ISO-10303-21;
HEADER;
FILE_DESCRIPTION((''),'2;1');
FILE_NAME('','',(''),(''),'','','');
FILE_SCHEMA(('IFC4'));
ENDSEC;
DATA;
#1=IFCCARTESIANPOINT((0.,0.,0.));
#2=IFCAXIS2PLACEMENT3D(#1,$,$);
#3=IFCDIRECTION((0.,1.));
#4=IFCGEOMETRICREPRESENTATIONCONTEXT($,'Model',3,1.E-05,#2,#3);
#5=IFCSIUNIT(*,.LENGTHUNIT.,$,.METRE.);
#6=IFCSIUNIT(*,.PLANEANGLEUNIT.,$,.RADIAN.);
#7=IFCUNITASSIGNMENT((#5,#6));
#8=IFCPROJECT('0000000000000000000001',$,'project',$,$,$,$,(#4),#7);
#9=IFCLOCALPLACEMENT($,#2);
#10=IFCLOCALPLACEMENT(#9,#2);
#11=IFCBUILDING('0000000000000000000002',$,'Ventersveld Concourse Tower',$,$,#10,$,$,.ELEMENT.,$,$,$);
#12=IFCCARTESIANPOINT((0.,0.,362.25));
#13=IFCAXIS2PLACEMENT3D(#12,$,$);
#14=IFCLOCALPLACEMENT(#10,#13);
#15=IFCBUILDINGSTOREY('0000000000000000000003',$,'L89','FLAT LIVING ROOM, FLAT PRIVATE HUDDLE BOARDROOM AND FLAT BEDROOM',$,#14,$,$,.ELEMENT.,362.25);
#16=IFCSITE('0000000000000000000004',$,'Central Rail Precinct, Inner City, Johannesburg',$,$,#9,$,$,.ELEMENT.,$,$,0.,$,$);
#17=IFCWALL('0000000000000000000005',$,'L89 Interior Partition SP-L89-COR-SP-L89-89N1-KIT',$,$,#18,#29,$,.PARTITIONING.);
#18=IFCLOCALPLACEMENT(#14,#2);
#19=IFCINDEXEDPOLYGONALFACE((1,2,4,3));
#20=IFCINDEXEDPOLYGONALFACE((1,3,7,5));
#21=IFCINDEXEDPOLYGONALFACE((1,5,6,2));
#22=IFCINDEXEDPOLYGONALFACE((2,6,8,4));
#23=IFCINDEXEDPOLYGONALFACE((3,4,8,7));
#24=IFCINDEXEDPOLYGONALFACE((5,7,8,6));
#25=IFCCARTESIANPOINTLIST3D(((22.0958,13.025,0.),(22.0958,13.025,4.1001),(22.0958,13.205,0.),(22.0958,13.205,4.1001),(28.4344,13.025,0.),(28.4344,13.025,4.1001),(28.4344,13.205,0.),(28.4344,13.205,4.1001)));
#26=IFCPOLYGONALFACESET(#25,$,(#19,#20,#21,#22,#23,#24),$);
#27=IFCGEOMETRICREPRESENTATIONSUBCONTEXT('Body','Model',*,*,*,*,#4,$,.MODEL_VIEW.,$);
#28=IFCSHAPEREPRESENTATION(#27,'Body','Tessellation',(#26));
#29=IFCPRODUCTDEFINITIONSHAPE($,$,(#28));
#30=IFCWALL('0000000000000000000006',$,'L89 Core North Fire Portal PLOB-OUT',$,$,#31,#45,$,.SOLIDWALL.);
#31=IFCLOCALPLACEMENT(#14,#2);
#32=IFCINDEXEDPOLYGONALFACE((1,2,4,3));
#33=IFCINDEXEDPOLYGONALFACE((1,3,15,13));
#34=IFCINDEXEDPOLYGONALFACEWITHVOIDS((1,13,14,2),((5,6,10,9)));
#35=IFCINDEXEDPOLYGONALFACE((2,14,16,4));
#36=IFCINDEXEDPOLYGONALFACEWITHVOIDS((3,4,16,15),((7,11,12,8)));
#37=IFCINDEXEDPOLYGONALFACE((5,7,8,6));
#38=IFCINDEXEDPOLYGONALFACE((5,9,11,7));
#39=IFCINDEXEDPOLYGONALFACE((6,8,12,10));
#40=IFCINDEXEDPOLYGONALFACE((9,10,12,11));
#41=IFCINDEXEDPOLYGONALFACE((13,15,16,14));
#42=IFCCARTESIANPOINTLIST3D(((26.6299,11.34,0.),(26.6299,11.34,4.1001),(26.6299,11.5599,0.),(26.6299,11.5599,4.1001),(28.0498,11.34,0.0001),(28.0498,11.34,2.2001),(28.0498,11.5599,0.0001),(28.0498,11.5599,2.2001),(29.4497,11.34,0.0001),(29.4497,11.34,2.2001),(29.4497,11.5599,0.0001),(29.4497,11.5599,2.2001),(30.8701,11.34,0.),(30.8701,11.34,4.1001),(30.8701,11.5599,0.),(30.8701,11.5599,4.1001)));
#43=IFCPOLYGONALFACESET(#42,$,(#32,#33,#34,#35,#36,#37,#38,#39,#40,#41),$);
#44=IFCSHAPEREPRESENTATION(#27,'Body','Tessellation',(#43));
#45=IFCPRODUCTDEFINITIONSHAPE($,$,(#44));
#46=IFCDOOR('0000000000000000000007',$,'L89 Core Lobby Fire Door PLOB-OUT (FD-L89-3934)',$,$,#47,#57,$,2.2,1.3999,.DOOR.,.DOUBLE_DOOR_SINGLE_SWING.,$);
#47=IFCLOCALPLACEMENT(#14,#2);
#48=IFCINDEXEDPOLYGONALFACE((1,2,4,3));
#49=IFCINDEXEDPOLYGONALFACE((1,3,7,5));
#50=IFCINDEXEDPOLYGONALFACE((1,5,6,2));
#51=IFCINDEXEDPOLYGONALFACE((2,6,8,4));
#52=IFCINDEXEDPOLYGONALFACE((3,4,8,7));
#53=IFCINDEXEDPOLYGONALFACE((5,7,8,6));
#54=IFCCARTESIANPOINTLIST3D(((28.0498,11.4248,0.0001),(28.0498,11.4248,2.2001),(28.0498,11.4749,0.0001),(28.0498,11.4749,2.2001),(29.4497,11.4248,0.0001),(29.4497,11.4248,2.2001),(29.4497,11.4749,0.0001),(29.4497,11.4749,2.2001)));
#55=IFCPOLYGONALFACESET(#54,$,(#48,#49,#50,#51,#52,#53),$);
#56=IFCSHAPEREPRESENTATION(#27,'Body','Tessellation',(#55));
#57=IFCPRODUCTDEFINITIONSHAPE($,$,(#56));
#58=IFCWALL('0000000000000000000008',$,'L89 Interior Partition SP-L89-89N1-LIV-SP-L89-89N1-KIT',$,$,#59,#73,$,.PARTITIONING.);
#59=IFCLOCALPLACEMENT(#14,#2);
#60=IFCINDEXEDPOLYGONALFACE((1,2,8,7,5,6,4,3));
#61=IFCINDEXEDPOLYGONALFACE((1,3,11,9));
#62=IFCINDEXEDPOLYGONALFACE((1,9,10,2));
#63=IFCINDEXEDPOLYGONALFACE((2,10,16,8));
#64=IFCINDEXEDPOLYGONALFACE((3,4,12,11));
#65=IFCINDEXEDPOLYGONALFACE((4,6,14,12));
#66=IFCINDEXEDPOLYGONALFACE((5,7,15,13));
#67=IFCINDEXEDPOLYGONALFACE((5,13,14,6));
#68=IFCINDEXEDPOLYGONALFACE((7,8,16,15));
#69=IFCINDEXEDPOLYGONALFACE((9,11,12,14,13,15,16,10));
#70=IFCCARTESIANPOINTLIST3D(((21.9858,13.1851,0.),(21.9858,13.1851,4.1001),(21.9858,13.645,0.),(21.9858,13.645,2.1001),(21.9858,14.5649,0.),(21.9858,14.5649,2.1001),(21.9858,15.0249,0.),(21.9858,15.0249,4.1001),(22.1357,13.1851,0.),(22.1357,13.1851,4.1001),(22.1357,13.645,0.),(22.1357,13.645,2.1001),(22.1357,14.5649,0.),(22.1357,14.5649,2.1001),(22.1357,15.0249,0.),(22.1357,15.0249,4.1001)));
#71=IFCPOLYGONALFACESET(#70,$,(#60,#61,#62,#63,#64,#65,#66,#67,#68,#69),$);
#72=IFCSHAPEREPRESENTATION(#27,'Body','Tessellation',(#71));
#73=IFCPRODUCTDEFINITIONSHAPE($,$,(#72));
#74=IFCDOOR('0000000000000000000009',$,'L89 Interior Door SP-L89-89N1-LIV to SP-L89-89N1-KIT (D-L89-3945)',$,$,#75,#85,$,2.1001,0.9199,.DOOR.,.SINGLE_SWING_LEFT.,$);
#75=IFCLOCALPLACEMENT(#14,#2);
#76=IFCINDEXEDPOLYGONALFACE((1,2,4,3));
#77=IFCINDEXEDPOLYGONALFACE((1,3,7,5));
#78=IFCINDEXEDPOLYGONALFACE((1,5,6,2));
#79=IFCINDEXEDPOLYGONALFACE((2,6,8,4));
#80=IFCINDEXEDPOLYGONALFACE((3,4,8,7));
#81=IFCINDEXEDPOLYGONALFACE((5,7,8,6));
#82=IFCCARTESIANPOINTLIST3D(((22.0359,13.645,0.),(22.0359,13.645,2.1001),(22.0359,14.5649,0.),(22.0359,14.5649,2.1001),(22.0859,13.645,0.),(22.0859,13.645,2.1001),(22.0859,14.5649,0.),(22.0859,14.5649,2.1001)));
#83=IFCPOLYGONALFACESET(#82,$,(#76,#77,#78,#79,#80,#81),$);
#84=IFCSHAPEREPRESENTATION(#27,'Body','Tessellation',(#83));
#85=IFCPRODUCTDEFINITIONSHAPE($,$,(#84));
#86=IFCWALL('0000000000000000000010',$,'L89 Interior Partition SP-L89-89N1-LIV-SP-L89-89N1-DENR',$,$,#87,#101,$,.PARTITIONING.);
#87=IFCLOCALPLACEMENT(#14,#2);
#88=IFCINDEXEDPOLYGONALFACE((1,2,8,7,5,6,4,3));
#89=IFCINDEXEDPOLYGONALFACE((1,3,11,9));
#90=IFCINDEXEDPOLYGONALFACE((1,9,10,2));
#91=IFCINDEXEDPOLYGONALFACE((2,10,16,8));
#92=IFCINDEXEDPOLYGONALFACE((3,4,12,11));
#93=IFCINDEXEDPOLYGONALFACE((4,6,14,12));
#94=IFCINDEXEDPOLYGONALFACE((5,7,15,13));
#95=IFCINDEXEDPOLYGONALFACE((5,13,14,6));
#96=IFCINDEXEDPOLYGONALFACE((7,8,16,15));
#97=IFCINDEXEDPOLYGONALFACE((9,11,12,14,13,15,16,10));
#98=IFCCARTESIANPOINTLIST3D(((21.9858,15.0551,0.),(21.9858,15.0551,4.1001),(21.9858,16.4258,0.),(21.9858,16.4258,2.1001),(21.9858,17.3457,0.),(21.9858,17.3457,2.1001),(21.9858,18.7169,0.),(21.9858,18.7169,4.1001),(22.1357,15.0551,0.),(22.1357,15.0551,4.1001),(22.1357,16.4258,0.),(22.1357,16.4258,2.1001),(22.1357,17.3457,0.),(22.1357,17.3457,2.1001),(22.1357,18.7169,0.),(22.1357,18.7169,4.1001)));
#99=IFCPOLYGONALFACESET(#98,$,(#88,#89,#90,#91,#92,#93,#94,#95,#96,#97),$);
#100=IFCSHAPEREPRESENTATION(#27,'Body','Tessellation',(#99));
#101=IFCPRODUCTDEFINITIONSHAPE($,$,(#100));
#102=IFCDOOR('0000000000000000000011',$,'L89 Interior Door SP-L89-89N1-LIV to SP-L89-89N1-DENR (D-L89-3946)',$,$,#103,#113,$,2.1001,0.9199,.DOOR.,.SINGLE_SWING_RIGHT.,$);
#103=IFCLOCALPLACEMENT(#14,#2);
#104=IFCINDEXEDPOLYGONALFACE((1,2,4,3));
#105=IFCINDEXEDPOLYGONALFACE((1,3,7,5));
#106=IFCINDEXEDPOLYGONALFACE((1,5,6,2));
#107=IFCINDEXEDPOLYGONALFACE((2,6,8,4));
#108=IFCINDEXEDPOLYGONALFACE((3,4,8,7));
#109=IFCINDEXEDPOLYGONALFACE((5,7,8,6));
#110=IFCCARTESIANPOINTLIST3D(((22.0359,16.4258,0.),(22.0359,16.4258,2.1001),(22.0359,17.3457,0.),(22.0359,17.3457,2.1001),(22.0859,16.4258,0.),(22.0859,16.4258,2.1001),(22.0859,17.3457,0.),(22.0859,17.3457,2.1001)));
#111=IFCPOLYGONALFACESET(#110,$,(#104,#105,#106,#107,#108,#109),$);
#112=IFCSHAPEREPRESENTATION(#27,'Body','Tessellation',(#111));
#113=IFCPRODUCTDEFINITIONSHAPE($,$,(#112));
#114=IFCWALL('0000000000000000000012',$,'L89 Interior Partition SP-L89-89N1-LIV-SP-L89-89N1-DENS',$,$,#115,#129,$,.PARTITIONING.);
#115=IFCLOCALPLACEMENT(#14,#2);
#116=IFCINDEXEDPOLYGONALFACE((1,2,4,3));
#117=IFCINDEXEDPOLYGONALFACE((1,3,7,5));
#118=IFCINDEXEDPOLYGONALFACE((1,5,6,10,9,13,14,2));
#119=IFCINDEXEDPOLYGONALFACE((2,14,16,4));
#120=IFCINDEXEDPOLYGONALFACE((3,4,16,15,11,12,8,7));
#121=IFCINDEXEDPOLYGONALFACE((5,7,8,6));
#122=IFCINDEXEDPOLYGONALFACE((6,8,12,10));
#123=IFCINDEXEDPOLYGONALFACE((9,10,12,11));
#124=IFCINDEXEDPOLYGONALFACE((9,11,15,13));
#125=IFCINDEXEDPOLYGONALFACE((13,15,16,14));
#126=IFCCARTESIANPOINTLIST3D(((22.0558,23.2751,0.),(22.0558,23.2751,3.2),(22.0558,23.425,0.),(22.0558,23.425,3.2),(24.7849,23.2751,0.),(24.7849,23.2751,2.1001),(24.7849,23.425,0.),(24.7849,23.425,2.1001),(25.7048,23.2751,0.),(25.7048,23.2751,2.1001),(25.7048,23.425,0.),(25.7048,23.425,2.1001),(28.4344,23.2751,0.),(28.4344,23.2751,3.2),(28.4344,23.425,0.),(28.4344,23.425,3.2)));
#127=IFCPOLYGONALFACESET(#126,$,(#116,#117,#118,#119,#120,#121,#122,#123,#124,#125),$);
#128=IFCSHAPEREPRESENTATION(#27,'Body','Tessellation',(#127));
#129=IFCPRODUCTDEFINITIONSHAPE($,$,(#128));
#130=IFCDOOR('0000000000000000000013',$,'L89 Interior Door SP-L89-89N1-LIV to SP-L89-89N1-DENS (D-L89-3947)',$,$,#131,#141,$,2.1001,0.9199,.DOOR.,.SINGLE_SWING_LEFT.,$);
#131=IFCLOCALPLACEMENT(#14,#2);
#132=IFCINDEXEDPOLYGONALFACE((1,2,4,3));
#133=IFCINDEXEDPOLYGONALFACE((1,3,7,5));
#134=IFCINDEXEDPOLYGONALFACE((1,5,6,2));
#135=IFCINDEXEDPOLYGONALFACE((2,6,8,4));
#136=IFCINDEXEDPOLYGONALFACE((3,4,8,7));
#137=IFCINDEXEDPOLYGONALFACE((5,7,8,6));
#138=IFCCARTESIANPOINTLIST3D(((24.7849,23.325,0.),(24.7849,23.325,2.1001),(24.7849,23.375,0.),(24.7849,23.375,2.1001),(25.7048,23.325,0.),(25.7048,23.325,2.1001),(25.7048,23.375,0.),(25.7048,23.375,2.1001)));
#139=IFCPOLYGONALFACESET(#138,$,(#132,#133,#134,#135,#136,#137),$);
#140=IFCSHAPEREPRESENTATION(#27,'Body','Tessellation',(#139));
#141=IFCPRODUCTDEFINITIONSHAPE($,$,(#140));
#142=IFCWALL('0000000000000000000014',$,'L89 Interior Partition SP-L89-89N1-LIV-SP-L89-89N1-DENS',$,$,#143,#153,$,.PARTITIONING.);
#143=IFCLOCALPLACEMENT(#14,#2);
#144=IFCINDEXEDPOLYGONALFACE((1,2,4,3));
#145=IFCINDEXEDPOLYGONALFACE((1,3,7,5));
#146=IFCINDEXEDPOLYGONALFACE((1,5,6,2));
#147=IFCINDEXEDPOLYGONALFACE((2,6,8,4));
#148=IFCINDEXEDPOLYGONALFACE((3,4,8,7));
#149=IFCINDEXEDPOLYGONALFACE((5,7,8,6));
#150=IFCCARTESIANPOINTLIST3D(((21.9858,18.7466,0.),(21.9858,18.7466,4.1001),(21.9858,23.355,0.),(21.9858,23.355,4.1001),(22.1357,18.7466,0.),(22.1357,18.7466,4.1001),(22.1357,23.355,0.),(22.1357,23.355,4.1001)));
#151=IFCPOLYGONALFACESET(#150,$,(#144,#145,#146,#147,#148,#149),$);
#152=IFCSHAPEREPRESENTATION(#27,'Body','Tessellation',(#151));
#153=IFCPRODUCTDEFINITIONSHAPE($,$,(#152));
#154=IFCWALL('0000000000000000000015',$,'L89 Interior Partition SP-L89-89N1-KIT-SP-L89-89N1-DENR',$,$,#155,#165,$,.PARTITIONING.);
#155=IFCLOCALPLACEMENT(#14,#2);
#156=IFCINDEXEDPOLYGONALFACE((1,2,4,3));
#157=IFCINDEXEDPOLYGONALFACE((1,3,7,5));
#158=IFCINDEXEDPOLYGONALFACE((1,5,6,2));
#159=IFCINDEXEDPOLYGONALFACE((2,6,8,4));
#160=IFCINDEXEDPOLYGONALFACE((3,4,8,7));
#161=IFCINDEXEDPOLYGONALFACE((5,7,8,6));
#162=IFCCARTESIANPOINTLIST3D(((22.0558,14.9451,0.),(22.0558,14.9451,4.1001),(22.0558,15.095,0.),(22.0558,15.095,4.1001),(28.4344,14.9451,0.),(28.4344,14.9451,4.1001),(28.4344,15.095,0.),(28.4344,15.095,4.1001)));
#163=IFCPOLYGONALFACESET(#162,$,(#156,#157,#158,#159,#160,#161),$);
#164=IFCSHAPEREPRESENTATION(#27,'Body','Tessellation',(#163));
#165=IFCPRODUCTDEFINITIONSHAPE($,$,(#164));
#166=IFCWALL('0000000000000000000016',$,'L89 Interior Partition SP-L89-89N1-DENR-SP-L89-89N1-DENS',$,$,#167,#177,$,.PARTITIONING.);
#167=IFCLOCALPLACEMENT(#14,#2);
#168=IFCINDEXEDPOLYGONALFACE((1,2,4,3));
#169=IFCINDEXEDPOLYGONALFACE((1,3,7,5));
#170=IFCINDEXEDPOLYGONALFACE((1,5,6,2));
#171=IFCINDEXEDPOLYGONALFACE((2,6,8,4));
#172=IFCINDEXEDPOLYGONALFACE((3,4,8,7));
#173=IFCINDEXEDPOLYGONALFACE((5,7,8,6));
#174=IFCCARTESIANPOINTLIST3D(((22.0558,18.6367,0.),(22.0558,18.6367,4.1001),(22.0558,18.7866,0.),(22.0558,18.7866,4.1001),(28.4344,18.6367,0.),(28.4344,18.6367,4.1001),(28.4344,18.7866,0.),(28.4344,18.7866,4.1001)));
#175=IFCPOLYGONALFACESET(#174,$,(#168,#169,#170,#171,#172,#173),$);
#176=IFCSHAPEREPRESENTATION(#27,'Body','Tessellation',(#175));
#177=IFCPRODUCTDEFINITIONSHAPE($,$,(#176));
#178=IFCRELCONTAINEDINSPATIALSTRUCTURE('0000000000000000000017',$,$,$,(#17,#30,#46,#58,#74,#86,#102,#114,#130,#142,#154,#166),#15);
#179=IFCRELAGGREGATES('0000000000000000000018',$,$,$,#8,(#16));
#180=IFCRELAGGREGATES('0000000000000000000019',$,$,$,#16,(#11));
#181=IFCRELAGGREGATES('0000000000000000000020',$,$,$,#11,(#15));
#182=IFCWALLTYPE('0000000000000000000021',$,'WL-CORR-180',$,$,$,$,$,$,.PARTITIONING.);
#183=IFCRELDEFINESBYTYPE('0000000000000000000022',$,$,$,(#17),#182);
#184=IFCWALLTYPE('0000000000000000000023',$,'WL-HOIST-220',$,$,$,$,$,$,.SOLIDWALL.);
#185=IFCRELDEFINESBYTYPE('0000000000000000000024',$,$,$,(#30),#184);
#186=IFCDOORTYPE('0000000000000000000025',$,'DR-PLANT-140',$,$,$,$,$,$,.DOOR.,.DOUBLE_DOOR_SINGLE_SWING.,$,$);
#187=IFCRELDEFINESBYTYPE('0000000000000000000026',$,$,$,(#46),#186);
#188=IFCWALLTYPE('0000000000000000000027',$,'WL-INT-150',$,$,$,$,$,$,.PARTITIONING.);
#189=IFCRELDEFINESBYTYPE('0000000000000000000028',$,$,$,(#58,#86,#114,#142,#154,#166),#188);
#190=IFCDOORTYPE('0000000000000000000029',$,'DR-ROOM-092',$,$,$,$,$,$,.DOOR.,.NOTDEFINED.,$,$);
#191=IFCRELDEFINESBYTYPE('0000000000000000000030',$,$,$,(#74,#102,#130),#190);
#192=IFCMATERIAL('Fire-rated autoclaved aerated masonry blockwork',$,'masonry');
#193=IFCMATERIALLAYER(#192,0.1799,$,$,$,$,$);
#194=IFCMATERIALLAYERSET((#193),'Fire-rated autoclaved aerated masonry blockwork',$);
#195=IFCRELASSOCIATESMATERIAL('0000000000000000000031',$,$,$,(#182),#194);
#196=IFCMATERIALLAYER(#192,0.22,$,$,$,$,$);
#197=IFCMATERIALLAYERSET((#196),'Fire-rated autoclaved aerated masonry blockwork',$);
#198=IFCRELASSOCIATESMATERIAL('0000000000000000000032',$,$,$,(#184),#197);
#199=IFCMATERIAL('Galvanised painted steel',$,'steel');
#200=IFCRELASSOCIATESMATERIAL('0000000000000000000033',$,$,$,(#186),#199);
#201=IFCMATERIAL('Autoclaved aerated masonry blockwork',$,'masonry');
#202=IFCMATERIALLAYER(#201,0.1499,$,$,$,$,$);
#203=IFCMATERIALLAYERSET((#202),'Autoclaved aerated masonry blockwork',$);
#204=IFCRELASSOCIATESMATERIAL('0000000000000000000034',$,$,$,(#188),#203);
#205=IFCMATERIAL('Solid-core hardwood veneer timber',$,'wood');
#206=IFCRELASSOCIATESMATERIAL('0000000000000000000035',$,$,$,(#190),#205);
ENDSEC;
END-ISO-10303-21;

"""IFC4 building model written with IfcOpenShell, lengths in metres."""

from ifc_helpers import new_model, si_unit, direction, frame, frame_2d, origin, place, context, subcontext, project, spatial, rectangle, extrude, material, layer, layer_set, type_object, element, fill, save


model = new_model("IFC4")

# Units and contexts
model_context = context("Model", 3, precision=1e-05, world=origin(), true_north=direction((0.0, 1.0)))
body_context = subcontext(model_context, "Body", "Model", "MODEL_VIEW")
ifc_project = project(units=[si_unit("LENGTHUNIT", "METRE"), si_unit("PLANEANGLEUNIT", "RADIAN")], contexts=[model_context])

# Site, building, storey
site_placement = place(None, origin())
site = spatial("IfcSite", under=ifc_project, at=site_placement, Name="Central Rail Precinct, Inner City, Johannesburg", CompositionType="ELEMENT", RefElevation=0.0)
building_placement = place(site_placement, origin())
building = spatial("IfcBuilding", under=site, at=building_placement, Name="Ventersveld Concourse Tower", CompositionType="ELEMENT")
storey_placement = place(building_placement, frame((0.0, 0.0, 362.25)))
storey = spatial("IfcBuildingStorey", under=building, at=storey_placement, Name="L89", Description="FLAT LIVING ROOM, FLAT PRIVATE HUDDLE BOARDROOM AND FLAT BEDROOM", CompositionType="ELEMENT", Elevation=362.25)

# Wall
ifc_material_1 = material(Name="Fire-rated autoclaved aerated masonry blockwork", Category="masonry")
ifc_layer_1 = layer(ifc_material_1, 0.1799)
ifc_layer_set_1 = layer_set([ifc_layer_1], Name="Fire-rated autoclaved aerated masonry blockwork")
wall_type_1 = type_object("IfcWallType", Name="WL-CORR-180", PredefinedType="PARTITIONING", material=ifc_layer_set_1)
wall_1_placement = place(storey_placement, frame((22.0957, 13.115, 0.0), z_axis=(0.0, 0.0, 1.0), x_axis=(1.0, 0.0, 0.0)))
element("IfcWall", 1, at=wall_1_placement, inside=storey, type_object=wall_type_1, Name="L89 Interior Partition SP-L89-COR-SP-L89-89N1-KIT", PredefinedType="PARTITIONING", context=body_context, shape_type="SweptSolid", body=[
    extrude(rectangle(XDim=6.3386, YDim=0.1799, at=frame_2d((3.1694, 0.0))), origin(), (0.0, 0.0, 1.0), 4.1001),
])

# Walls, openings, doors
ifc_layer_2 = layer(ifc_material_1, 0.22)
ifc_layer_set_2 = layer_set([ifc_layer_2], Name="Fire-rated autoclaved aerated masonry blockwork")
wall_type_2 = type_object("IfcWallType", Name="WL-HOIST-220", PredefinedType="SOLIDWALL", material=ifc_layer_set_2)
wall_2_placement = place(storey_placement, frame((26.6299, 11.45, 0.0), z_axis=(0.0, 0.0, 1.0), x_axis=(1.0, 0.0, 0.0)))
wall_2 = element("IfcWall", 2, at=wall_2_placement, inside=storey, type_object=wall_type_2, Name="L89 Core North Fire Portal PLOB-OUT", PredefinedType="SOLIDWALL", context=body_context, shape_type="SweptSolid", body=[
    extrude(rectangle(XDim=4.2402, YDim=0.22, at=frame_2d((2.1201, 0.0))), origin(), (0.0, 0.0, 1.0), 4.1001),
])
opening_1_placement = place(wall_2_placement, frame((1.4199, 0.0, 0.0)))
opening_1 = element("IfcOpeningElement", 3, at=opening_1_placement, cuts=wall_2, PredefinedType="OPENING", context=body_context, shape_type="SweptSolid", body=[
    extrude(rectangle(XDim=1.3999, YDim=2.2, at=frame_2d((0.7, 1.1001))), frame((0.0, 0.1201, 0.0), z_axis=(0.0, -1.0, 0.0), x_axis=(1.0, 0.0, 0.0)), (0.0, 0.0, 1.0), 0.24),
])
ifc_material_2 = material(Name="Galvanised painted steel", Category="steel")
door_type_1 = type_object("IfcDoorType", Name="DR-PLANT-140", OperationType="DOUBLE_DOOR_SINGLE_SWING", PredefinedType="DOOR", material=ifc_material_2)
door_1_placement = place(opening_1_placement, origin())
door_1 = element("IfcDoor", 4, at=door_1_placement, inside=storey, type_object=door_type_1, Name="L89 Core Lobby Fire Door PLOB-OUT (FD-L89-3934)", OperationType="DOUBLE_DOOR_SINGLE_SWING", OverallHeight=2.2, OverallWidth=1.3999, PredefinedType="DOOR", context=body_context, shape_type="SweptSolid", body=[
    extrude(rectangle(XDim=1.3999, YDim=2.2, at=frame_2d((0.7, 1.1001))), frame((0.0, 0.0249, 0.0), z_axis=(0.0, -1.0, 0.0), x_axis=(1.0, 0.0, 0.0)), (0.0, 0.0, 1.0), 0.05),
])
fill(opening_1, door_1)
ifc_material_3 = material(Name="Autoclaved aerated masonry blockwork", Category="masonry")
ifc_layer_3 = layer(ifc_material_3, 0.1499)
ifc_layer_set_3 = layer_set([ifc_layer_3], Name="Autoclaved aerated masonry blockwork")
wall_type_3 = type_object("IfcWallType", Name="WL-INT-150", PredefinedType="PARTITIONING", material=ifc_layer_set_3)
wall_3_placement = place(storey_placement, frame((22.0608, 13.1851, 0.0), z_axis=(0.0, 0.0, 1.0), x_axis=(0.0, 1.0, 0.0)))
wall_3 = element("IfcWall", 5, at=wall_3_placement, inside=storey, type_object=wall_type_3, Name="L89 Interior Partition SP-L89-89N1-LIV-SP-L89-89N1-KIT", PredefinedType="PARTITIONING", context=body_context, shape_type="SweptSolid", body=[
    extrude(rectangle(XDim=1.8398, YDim=0.1499, at=frame_2d((0.9199, 0.0))), origin(), (0.0, 0.0, 1.0), 4.1001),
])
opening_2_placement = place(wall_3_placement, frame((0.46, 0.0, 0.0)))
opening_2 = element("IfcOpeningElement", 6, at=opening_2_placement, cuts=wall_3, PredefinedType="OPENING", context=body_context, shape_type="SweptSolid", body=[
    extrude(rectangle(XDim=0.9199, YDim=2.1001, at=frame_2d((0.46, 1.05))), frame((0.0, 0.085, 0.0), z_axis=(0.0, -1.0, 0.0), x_axis=(1.0, 0.0, 0.0)), (0.0, 0.0, 1.0), 0.1699),
])
ifc_material_4 = material(Name="Solid-core hardwood veneer timber", Category="wood")
door_type_2 = type_object("IfcDoorType", Name="DR-ROOM-092", OperationType="NOTDEFINED", PredefinedType="DOOR", material=ifc_material_4)
door_2_placement = place(opening_2_placement, origin())
door_2 = element("IfcDoor", 7, at=door_2_placement, inside=storey, type_object=door_type_2, Name="L89 Interior Door SP-L89-89N1-LIV to SP-L89-89N1-KIT (D-L89-3945)", OperationType="SINGLE_SWING_LEFT", OverallHeight=2.1001, OverallWidth=0.9199, PredefinedType="DOOR", context=body_context, shape_type="SweptSolid", body=[
    extrude(rectangle(XDim=0.9199, YDim=2.1001, at=frame_2d((0.46, 1.05))), frame((0.0, 0.0249, 0.0), z_axis=(0.0, -1.0, 0.0), x_axis=(1.0, 0.0, 0.0)), (0.0, 0.0, 1.0), 0.05),
])
fill(opening_2, door_2)
wall_4_placement = place(storey_placement, frame((22.0608, 15.0549, 0.0), z_axis=(0.0, 0.0, 1.0), x_axis=(0.0, 1.0, 0.0)))
wall_4 = element("IfcWall", 8, at=wall_4_placement, inside=storey, type_object=wall_type_3, Name="L89 Interior Partition SP-L89-89N1-LIV-SP-L89-89N1-DENR", PredefinedType="PARTITIONING", context=body_context, shape_type="SweptSolid", body=[
    extrude(rectangle(XDim=3.6619, YDim=0.1499, at=frame_2d((1.8311, 0.0))), origin(), (0.0, 0.0, 1.0), 4.1001),
])
opening_3_placement = place(wall_4_placement, frame((1.3708, 0.0, 0.0)))
opening_3 = element("IfcOpeningElement", 9, at=opening_3_placement, cuts=wall_4, PredefinedType="OPENING", context=body_context, shape_type="SweptSolid", body=[
    extrude(rectangle(XDim=0.9199, YDim=2.1001, at=frame_2d((0.46, 1.05))), frame((0.0, 0.085, 0.0), z_axis=(0.0, -1.0, 0.0), x_axis=(1.0, 0.0, 0.0)), (0.0, 0.0, 1.0), 0.1699),
])
door_3_placement = place(opening_3_placement, origin())
door_3 = element("IfcDoor", 10, at=door_3_placement, inside=storey, type_object=door_type_2, Name="L89 Interior Door SP-L89-89N1-LIV to SP-L89-89N1-DENR (D-L89-3946)", OperationType="SINGLE_SWING_RIGHT", OverallHeight=2.1001, OverallWidth=0.9199, PredefinedType="DOOR", context=body_context, shape_type="SweptSolid", body=[
    extrude(rectangle(XDim=0.9199, YDim=2.1001, at=frame_2d((0.46, 1.05))), frame((0.0, 0.0249, 0.0), z_axis=(0.0, -1.0, 0.0), x_axis=(1.0, 0.0, 0.0)), (0.0, 0.0, 1.0), 0.05),
])
fill(opening_3, door_3)
wall_5_placement = place(storey_placement, frame((22.0557, 23.3501, 0.0), z_axis=(0.0, 0.0, 1.0), x_axis=(1.0, 0.0, 0.0)))
wall_5 = element("IfcWall", 11, at=wall_5_placement, inside=storey, type_object=wall_type_3, Name="L89 Interior Partition SP-L89-89N1-LIV-SP-L89-89N1-DENS", PredefinedType="PARTITIONING", context=body_context, shape_type="SweptSolid", body=[
    extrude(rectangle(XDim=6.3787, YDim=0.1499, at=frame_2d((3.1895, 0.0))), origin(), (0.0, 0.0, 1.0), 3.2),
])
opening_4_placement = place(wall_5_placement, frame((2.7292, 0.0, 0.0)))
opening_4 = element("IfcOpeningElement", 12, at=opening_4_placement, cuts=wall_5, PredefinedType="OPENING", context=body_context, shape_type="SweptSolid", body=[
    extrude(rectangle(XDim=0.9199, YDim=2.1001, at=frame_2d((0.46, 1.05))), frame((0.0, 0.085, 0.0), z_axis=(0.0, -1.0, 0.0), x_axis=(1.0, 0.0, 0.0)), (0.0, 0.0, 1.0), 0.1699),
])
door_4_placement = place(opening_4_placement, origin())
door_4 = element("IfcDoor", 13, at=door_4_placement, inside=storey, type_object=door_type_2, Name="L89 Interior Door SP-L89-89N1-LIV to SP-L89-89N1-DENS (D-L89-3947)", OperationType="SINGLE_SWING_LEFT", OverallHeight=2.1001, OverallWidth=0.9199, PredefinedType="DOOR", context=body_context, shape_type="SweptSolid", body=[
    extrude(rectangle(XDim=0.9199, YDim=2.1001, at=frame_2d((0.46, 1.05))), frame((0.0, 0.0249, 0.0), z_axis=(0.0, -1.0, 0.0), x_axis=(1.0, 0.0, 0.0)), (0.0, 0.0, 1.0), 0.05),
])
fill(opening_4, door_4)

# Walls
wall_6_placement = place(storey_placement, frame((22.0608, 18.7466, 0.0), z_axis=(0.0, 0.0, 1.0), x_axis=(0.0, 1.0, 0.0)))
element("IfcWall", 14, at=wall_6_placement, inside=storey, type_object=wall_type_3, Name="L89 Interior Partition SP-L89-89N1-LIV-SP-L89-89N1-DENS", PredefinedType="PARTITIONING", context=body_context, shape_type="SweptSolid", body=[
    extrude(rectangle(XDim=4.6084, YDim=0.1499, at=frame_2d((2.3042, 0.0))), origin(), (0.0, 0.0, 1.0), 4.1001),
])
for number, where, z_axis, x_axis, name in (
    (15, (22.0557, 15.02, 0.0), (0.0, 0.0, 1.0), (1.0, 0.0, 0.0), "L89 Interior Partition SP-L89-89N1-KIT-SP-L89-89N1-DENR"),
    (16, (22.0557, 18.7117, 0.0), (0.0, 0.0, 1.0), (1.0, 0.0, 0.0), "L89 Interior Partition SP-L89-89N1-DENR-SP-L89-89N1-DENS"),
):
    element("IfcWall", number, at=place(storey_placement, frame(where, z_axis=z_axis, x_axis=x_axis)), inside=storey, type_object=wall_type_3, Name=name, PredefinedType="PARTITIONING", context=body_context, shape_type="SweptSolid", body=[
        extrude(rectangle(XDim=6.3787, YDim=0.1499, at=frame_2d((3.1895, 0.0))), origin(), (0.0, 0.0, 1.0), 4.1001),
    ])

save(model, "model.ifc")
